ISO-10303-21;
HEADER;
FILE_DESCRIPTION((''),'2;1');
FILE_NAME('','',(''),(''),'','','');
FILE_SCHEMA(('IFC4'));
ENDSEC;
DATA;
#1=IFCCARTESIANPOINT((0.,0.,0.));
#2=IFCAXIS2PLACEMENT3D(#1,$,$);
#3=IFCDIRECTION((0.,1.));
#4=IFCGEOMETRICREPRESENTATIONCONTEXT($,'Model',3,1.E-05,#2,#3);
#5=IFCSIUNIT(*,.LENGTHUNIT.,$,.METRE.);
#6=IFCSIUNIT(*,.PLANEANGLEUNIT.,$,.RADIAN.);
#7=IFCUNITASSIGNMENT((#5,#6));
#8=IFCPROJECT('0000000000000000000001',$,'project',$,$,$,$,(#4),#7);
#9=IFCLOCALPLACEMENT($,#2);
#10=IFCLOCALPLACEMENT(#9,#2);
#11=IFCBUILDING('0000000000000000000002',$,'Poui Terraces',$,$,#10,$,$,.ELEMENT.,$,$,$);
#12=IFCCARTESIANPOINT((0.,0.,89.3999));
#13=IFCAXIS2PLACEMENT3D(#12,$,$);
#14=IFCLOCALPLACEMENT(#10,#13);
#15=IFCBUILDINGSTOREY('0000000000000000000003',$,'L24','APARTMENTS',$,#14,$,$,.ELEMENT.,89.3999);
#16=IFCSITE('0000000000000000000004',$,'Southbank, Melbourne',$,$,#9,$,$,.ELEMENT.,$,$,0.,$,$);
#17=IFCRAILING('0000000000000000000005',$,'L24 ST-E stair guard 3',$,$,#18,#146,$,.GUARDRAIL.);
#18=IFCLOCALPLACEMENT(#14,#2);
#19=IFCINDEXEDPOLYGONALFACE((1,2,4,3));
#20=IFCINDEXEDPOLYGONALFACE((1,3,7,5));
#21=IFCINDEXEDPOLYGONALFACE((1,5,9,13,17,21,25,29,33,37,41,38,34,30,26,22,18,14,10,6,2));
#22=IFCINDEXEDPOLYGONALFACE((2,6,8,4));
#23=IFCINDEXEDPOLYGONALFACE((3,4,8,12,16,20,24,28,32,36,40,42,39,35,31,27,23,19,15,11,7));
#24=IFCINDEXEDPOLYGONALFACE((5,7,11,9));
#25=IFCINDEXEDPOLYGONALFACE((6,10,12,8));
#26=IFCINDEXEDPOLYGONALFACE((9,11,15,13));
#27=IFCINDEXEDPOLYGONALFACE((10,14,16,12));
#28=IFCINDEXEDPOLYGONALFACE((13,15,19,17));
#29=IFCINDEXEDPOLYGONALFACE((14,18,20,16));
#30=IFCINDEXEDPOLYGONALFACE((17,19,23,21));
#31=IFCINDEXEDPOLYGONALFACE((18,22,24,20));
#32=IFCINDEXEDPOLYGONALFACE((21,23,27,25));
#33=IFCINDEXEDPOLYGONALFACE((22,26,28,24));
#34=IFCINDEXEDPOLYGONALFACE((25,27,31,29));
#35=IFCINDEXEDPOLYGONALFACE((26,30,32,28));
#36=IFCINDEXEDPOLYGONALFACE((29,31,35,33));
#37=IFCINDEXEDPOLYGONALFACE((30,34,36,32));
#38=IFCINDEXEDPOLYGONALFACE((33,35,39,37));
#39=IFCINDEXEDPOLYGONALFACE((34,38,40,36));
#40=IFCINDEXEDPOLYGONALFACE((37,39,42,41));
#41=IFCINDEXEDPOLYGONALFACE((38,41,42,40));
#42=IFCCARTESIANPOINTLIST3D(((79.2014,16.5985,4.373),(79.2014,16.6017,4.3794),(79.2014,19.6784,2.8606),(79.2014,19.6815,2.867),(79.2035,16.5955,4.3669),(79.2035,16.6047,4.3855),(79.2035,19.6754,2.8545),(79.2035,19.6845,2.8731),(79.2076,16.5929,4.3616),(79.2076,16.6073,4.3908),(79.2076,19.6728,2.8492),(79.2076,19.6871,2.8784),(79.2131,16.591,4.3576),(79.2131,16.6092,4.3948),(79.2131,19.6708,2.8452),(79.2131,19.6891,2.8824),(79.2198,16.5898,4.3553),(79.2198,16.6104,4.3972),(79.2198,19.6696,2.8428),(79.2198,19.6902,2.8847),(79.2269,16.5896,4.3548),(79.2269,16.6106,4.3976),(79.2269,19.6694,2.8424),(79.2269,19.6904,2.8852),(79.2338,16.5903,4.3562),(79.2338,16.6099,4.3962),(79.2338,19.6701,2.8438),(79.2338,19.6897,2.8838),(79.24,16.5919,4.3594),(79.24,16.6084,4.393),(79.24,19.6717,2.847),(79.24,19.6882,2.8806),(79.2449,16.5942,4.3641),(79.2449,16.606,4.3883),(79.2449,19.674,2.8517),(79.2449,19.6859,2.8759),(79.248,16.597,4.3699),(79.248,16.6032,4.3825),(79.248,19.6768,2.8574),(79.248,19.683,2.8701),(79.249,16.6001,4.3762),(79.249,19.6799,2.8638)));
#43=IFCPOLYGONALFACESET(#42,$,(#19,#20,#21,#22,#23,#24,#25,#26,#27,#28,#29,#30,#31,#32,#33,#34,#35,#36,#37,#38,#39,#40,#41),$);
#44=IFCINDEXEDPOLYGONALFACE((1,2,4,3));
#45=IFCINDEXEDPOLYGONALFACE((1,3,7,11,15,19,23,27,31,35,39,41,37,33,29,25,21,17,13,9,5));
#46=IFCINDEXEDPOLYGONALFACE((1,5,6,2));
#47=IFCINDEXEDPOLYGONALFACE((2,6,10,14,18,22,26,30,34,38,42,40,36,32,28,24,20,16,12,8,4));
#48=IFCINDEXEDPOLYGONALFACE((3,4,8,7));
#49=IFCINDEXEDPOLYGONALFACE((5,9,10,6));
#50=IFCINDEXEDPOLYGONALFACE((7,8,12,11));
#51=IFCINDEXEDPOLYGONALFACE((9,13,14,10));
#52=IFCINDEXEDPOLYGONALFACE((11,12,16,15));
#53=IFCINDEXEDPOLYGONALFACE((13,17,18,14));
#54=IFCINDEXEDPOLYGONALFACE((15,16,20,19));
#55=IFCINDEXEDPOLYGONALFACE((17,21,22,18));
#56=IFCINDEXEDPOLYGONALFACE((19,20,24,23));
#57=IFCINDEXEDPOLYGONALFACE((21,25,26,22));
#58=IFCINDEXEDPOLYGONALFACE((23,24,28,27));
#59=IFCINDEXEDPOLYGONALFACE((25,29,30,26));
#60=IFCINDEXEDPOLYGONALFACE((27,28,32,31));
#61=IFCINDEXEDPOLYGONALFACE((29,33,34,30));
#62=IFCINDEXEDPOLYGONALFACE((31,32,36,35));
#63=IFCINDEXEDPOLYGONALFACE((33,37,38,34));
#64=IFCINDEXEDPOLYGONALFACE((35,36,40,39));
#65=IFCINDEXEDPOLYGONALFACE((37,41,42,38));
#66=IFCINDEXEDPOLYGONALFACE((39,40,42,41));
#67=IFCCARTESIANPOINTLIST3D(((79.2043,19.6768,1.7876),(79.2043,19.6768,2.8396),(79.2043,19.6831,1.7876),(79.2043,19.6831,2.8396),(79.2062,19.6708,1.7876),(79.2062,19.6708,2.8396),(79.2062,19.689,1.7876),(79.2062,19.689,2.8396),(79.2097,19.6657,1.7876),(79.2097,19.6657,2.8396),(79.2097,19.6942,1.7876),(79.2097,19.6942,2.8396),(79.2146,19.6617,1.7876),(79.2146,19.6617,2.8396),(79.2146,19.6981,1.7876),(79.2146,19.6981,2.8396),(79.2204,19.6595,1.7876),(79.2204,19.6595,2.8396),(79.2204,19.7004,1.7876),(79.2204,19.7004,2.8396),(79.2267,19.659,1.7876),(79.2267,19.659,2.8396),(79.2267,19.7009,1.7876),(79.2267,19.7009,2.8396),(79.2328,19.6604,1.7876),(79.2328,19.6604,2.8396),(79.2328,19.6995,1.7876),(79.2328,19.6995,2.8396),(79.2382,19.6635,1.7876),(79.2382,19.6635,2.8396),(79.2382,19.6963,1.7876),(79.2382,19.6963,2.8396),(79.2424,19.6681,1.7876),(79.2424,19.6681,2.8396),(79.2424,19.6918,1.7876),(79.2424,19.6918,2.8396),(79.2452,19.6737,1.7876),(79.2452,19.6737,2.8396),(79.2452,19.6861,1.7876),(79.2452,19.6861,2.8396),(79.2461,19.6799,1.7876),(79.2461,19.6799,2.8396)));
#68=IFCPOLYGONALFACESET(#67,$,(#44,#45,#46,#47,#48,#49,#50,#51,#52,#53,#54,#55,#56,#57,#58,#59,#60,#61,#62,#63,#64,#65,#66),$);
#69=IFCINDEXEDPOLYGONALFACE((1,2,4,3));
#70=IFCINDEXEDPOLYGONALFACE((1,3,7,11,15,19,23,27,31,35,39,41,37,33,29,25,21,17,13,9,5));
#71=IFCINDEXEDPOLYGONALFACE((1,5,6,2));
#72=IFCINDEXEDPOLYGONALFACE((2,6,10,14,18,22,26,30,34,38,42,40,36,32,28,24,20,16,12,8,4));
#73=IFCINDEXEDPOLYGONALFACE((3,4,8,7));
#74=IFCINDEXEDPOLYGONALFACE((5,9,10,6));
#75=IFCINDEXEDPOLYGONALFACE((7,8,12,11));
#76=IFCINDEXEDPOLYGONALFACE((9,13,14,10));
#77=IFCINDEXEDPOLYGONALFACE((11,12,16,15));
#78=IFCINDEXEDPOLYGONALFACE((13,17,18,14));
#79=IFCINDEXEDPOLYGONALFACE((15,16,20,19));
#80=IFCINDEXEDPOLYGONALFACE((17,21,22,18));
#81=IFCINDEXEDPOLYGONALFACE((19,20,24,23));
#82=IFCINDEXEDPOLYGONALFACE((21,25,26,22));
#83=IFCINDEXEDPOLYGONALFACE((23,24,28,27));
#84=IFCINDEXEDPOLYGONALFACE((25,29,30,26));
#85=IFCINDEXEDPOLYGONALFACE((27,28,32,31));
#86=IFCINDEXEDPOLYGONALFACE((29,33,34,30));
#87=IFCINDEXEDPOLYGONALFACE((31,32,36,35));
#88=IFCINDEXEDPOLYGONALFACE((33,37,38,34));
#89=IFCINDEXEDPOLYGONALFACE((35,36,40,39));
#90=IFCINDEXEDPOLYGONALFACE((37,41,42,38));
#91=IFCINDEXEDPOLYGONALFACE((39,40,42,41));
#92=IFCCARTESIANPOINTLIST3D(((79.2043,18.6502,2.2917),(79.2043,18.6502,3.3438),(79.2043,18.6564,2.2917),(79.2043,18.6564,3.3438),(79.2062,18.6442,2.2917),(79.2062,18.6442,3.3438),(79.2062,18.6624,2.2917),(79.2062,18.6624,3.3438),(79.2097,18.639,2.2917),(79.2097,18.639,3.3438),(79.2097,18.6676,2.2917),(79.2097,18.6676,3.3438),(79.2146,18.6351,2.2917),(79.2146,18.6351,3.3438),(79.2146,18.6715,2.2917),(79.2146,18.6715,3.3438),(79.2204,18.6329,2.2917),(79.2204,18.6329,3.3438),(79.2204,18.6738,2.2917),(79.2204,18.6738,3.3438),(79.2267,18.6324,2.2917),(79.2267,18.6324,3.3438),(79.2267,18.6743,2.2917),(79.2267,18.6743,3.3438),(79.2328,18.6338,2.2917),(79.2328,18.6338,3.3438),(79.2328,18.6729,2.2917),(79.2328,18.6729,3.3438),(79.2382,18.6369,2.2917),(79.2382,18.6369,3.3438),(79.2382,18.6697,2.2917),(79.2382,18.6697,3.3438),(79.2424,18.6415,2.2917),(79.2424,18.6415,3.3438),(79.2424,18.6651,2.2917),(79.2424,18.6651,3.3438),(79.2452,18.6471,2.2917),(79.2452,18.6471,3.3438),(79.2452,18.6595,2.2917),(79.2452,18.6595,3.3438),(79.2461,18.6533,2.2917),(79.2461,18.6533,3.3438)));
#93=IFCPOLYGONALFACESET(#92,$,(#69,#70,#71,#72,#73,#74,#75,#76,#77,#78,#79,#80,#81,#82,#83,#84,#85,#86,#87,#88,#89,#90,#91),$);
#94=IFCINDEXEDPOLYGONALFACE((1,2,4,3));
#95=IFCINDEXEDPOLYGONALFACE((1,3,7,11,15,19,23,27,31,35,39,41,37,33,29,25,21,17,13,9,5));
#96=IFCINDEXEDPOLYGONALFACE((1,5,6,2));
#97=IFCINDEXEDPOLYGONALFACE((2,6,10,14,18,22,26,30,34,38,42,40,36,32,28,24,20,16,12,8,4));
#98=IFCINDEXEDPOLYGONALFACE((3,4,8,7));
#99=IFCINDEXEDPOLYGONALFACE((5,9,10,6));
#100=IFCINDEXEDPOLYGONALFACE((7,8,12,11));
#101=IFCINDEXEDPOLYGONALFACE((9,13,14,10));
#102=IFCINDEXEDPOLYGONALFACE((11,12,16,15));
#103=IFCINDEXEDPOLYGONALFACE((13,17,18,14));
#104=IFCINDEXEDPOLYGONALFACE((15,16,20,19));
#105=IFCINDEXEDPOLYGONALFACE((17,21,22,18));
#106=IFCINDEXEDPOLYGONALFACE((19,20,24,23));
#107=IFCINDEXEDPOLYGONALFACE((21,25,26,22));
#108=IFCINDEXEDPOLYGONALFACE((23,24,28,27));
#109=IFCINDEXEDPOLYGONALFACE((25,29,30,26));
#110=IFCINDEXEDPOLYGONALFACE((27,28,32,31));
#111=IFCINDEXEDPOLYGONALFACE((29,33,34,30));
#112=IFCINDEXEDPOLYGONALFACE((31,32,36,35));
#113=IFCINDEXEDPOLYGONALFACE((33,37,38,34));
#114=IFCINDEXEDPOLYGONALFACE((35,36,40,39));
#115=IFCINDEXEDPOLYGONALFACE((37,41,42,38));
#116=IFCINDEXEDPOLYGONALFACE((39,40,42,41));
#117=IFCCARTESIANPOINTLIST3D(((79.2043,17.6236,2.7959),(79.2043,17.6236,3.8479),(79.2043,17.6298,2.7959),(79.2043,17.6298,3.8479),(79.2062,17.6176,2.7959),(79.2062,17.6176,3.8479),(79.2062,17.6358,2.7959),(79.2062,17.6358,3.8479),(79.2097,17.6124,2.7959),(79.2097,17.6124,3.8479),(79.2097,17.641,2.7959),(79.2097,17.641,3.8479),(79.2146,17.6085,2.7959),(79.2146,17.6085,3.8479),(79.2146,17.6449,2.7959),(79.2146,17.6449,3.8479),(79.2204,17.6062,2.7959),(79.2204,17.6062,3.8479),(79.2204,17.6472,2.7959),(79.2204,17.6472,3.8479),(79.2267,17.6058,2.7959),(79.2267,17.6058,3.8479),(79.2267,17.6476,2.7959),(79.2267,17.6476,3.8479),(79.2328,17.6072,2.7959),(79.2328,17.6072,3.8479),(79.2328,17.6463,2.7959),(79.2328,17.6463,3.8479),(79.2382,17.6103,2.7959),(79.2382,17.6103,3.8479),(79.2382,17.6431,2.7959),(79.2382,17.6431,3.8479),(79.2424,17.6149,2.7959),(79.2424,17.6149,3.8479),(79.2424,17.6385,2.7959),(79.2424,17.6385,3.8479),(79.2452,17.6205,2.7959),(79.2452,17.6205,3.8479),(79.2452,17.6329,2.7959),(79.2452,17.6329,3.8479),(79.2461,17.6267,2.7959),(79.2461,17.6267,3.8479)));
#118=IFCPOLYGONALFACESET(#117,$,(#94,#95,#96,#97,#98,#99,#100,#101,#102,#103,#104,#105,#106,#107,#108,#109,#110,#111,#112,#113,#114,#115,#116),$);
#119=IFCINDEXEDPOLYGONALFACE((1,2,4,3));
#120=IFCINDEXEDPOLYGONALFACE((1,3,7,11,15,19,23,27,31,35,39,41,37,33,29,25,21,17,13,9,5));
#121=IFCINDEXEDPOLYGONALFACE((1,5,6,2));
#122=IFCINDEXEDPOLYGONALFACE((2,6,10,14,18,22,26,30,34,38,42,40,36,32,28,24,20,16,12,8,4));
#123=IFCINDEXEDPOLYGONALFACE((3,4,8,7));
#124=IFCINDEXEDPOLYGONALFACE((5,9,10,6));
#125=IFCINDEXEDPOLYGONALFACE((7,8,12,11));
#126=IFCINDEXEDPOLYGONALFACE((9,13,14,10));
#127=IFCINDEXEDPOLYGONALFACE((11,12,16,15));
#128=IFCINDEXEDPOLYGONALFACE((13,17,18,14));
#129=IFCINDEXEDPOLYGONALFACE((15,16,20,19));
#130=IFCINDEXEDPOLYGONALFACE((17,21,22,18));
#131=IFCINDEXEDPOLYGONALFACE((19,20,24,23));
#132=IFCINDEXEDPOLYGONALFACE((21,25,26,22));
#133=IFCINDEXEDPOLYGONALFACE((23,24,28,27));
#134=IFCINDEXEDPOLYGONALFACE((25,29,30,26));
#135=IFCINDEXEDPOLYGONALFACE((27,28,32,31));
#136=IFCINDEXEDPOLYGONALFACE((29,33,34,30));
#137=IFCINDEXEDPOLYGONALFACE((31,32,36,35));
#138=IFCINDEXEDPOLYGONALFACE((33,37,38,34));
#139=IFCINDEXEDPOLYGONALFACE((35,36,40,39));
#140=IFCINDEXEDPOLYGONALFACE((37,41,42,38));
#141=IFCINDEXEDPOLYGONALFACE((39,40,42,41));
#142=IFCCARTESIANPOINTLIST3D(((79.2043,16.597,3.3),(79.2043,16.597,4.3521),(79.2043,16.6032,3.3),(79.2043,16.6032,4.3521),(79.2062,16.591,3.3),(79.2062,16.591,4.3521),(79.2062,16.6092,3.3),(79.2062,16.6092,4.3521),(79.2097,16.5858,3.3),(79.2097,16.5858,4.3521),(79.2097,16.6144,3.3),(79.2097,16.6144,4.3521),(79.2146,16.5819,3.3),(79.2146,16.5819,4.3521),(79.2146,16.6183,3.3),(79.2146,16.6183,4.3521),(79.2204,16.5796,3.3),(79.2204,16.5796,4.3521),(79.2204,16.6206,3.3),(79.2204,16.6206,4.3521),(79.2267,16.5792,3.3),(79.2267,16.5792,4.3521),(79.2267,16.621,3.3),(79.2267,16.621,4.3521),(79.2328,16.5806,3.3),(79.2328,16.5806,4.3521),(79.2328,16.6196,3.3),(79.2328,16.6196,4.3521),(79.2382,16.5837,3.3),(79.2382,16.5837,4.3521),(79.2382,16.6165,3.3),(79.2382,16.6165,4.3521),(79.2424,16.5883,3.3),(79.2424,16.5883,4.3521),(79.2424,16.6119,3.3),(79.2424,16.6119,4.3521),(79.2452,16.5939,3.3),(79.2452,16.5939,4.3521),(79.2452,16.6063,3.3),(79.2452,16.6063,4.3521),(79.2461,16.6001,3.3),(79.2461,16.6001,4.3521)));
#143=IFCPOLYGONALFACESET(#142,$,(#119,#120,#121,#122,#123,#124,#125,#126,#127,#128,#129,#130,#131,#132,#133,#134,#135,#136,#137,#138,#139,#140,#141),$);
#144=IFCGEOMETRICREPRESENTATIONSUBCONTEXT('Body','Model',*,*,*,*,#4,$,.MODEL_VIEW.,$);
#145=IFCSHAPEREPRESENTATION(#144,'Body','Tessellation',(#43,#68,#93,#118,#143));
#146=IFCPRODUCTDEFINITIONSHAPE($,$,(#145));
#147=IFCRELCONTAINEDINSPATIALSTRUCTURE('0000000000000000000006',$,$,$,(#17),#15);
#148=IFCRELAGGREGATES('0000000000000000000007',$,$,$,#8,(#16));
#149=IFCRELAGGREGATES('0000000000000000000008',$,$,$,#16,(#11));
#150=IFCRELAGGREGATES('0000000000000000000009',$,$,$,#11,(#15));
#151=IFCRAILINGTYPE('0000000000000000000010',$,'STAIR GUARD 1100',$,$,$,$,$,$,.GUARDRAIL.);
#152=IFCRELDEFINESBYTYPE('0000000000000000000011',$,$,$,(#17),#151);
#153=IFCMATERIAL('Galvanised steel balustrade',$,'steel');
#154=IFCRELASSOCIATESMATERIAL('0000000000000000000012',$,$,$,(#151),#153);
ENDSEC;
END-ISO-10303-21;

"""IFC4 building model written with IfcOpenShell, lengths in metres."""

from ifc_helpers import new_model, si_unit, direction, frame, origin, origin_2d, place, context, subcontext, project, spatial, circle, extrude, material, type_object, element, save


model = new_model("IFC4")

# Units and contexts
model_context = context("Model", 3, precision=1e-05, world=origin(), true_north=direction((0.0, 1.0)))
body_context = subcontext(model_context, "Body", "Model", "MODEL_VIEW")
ifc_project = project(units=[si_unit("LENGTHUNIT", "METRE"), si_unit("PLANEANGLEUNIT", "RADIAN")], contexts=[model_context])

# Site, building, storey
site_placement = place(None, origin())
site = spatial("IfcSite", under=ifc_project, at=site_placement, Name="Southbank, Melbourne", CompositionType="ELEMENT", RefElevation=0.0)
building_placement = place(site_placement, origin())
building = spatial("IfcBuilding", under=site, at=building_placement, Name="Poui Terraces", CompositionType="ELEMENT")
storey_placement = place(building_placement, frame((0.0, 0.0, 89.3999)))
storey = spatial("IfcBuildingStorey", under=building, at=storey_placement, Name="L24", Description="APARTMENTS", CompositionType="ELEMENT", Elevation=89.3999)

# Railing
ifc_material_1 = material(Name="Galvanised steel balustrade", Category="steel")
railing_type_1 = type_object("IfcRailingType", Name="STAIR GUARD 1100", PredefinedType="GUARDRAIL", material=ifc_material_1)
railing_1_placement = place(storey_placement, frame((79.2251, 19.6799, 1.7876)))
element("IfcRailing", 1, at=railing_1_placement, inside=storey, type_object=railing_type_1, Name="L24 ST-E stair guard 3", PredefinedType="GUARDRAIL", context=body_context, shape_type="SweptSolid", body=[
    extrude(circle(Radius=0.0239, at=origin_2d()), frame((0.0, 0.0, 1.0762), z_axis=(0.0, -0.897606, 0.440798), x_axis=(1.0, 0.0, 0.0)), (0.0, 0.0, 1.0), 3.4312),
    extrude(circle(Radius=0.021, at=origin_2d()), origin(), (0.0, 0.0, 1.0), 1.052),
    extrude(circle(Radius=0.021, at=origin_2d()), frame((0.0, -1.0266, 0.5042)), (0.0, 0.0, 1.0), 1.052),
    extrude(circle(Radius=0.021, at=origin_2d()), frame((0.0, -2.0532, 1.0083)), (0.0, 0.0, 1.0), 1.052),
    extrude(circle(Radius=0.021, at=origin_2d()), frame((0.0, -3.0798, 1.5125)), (0.0, 0.0, 1.0), 1.052),
])

save(model, "model.ifc")
